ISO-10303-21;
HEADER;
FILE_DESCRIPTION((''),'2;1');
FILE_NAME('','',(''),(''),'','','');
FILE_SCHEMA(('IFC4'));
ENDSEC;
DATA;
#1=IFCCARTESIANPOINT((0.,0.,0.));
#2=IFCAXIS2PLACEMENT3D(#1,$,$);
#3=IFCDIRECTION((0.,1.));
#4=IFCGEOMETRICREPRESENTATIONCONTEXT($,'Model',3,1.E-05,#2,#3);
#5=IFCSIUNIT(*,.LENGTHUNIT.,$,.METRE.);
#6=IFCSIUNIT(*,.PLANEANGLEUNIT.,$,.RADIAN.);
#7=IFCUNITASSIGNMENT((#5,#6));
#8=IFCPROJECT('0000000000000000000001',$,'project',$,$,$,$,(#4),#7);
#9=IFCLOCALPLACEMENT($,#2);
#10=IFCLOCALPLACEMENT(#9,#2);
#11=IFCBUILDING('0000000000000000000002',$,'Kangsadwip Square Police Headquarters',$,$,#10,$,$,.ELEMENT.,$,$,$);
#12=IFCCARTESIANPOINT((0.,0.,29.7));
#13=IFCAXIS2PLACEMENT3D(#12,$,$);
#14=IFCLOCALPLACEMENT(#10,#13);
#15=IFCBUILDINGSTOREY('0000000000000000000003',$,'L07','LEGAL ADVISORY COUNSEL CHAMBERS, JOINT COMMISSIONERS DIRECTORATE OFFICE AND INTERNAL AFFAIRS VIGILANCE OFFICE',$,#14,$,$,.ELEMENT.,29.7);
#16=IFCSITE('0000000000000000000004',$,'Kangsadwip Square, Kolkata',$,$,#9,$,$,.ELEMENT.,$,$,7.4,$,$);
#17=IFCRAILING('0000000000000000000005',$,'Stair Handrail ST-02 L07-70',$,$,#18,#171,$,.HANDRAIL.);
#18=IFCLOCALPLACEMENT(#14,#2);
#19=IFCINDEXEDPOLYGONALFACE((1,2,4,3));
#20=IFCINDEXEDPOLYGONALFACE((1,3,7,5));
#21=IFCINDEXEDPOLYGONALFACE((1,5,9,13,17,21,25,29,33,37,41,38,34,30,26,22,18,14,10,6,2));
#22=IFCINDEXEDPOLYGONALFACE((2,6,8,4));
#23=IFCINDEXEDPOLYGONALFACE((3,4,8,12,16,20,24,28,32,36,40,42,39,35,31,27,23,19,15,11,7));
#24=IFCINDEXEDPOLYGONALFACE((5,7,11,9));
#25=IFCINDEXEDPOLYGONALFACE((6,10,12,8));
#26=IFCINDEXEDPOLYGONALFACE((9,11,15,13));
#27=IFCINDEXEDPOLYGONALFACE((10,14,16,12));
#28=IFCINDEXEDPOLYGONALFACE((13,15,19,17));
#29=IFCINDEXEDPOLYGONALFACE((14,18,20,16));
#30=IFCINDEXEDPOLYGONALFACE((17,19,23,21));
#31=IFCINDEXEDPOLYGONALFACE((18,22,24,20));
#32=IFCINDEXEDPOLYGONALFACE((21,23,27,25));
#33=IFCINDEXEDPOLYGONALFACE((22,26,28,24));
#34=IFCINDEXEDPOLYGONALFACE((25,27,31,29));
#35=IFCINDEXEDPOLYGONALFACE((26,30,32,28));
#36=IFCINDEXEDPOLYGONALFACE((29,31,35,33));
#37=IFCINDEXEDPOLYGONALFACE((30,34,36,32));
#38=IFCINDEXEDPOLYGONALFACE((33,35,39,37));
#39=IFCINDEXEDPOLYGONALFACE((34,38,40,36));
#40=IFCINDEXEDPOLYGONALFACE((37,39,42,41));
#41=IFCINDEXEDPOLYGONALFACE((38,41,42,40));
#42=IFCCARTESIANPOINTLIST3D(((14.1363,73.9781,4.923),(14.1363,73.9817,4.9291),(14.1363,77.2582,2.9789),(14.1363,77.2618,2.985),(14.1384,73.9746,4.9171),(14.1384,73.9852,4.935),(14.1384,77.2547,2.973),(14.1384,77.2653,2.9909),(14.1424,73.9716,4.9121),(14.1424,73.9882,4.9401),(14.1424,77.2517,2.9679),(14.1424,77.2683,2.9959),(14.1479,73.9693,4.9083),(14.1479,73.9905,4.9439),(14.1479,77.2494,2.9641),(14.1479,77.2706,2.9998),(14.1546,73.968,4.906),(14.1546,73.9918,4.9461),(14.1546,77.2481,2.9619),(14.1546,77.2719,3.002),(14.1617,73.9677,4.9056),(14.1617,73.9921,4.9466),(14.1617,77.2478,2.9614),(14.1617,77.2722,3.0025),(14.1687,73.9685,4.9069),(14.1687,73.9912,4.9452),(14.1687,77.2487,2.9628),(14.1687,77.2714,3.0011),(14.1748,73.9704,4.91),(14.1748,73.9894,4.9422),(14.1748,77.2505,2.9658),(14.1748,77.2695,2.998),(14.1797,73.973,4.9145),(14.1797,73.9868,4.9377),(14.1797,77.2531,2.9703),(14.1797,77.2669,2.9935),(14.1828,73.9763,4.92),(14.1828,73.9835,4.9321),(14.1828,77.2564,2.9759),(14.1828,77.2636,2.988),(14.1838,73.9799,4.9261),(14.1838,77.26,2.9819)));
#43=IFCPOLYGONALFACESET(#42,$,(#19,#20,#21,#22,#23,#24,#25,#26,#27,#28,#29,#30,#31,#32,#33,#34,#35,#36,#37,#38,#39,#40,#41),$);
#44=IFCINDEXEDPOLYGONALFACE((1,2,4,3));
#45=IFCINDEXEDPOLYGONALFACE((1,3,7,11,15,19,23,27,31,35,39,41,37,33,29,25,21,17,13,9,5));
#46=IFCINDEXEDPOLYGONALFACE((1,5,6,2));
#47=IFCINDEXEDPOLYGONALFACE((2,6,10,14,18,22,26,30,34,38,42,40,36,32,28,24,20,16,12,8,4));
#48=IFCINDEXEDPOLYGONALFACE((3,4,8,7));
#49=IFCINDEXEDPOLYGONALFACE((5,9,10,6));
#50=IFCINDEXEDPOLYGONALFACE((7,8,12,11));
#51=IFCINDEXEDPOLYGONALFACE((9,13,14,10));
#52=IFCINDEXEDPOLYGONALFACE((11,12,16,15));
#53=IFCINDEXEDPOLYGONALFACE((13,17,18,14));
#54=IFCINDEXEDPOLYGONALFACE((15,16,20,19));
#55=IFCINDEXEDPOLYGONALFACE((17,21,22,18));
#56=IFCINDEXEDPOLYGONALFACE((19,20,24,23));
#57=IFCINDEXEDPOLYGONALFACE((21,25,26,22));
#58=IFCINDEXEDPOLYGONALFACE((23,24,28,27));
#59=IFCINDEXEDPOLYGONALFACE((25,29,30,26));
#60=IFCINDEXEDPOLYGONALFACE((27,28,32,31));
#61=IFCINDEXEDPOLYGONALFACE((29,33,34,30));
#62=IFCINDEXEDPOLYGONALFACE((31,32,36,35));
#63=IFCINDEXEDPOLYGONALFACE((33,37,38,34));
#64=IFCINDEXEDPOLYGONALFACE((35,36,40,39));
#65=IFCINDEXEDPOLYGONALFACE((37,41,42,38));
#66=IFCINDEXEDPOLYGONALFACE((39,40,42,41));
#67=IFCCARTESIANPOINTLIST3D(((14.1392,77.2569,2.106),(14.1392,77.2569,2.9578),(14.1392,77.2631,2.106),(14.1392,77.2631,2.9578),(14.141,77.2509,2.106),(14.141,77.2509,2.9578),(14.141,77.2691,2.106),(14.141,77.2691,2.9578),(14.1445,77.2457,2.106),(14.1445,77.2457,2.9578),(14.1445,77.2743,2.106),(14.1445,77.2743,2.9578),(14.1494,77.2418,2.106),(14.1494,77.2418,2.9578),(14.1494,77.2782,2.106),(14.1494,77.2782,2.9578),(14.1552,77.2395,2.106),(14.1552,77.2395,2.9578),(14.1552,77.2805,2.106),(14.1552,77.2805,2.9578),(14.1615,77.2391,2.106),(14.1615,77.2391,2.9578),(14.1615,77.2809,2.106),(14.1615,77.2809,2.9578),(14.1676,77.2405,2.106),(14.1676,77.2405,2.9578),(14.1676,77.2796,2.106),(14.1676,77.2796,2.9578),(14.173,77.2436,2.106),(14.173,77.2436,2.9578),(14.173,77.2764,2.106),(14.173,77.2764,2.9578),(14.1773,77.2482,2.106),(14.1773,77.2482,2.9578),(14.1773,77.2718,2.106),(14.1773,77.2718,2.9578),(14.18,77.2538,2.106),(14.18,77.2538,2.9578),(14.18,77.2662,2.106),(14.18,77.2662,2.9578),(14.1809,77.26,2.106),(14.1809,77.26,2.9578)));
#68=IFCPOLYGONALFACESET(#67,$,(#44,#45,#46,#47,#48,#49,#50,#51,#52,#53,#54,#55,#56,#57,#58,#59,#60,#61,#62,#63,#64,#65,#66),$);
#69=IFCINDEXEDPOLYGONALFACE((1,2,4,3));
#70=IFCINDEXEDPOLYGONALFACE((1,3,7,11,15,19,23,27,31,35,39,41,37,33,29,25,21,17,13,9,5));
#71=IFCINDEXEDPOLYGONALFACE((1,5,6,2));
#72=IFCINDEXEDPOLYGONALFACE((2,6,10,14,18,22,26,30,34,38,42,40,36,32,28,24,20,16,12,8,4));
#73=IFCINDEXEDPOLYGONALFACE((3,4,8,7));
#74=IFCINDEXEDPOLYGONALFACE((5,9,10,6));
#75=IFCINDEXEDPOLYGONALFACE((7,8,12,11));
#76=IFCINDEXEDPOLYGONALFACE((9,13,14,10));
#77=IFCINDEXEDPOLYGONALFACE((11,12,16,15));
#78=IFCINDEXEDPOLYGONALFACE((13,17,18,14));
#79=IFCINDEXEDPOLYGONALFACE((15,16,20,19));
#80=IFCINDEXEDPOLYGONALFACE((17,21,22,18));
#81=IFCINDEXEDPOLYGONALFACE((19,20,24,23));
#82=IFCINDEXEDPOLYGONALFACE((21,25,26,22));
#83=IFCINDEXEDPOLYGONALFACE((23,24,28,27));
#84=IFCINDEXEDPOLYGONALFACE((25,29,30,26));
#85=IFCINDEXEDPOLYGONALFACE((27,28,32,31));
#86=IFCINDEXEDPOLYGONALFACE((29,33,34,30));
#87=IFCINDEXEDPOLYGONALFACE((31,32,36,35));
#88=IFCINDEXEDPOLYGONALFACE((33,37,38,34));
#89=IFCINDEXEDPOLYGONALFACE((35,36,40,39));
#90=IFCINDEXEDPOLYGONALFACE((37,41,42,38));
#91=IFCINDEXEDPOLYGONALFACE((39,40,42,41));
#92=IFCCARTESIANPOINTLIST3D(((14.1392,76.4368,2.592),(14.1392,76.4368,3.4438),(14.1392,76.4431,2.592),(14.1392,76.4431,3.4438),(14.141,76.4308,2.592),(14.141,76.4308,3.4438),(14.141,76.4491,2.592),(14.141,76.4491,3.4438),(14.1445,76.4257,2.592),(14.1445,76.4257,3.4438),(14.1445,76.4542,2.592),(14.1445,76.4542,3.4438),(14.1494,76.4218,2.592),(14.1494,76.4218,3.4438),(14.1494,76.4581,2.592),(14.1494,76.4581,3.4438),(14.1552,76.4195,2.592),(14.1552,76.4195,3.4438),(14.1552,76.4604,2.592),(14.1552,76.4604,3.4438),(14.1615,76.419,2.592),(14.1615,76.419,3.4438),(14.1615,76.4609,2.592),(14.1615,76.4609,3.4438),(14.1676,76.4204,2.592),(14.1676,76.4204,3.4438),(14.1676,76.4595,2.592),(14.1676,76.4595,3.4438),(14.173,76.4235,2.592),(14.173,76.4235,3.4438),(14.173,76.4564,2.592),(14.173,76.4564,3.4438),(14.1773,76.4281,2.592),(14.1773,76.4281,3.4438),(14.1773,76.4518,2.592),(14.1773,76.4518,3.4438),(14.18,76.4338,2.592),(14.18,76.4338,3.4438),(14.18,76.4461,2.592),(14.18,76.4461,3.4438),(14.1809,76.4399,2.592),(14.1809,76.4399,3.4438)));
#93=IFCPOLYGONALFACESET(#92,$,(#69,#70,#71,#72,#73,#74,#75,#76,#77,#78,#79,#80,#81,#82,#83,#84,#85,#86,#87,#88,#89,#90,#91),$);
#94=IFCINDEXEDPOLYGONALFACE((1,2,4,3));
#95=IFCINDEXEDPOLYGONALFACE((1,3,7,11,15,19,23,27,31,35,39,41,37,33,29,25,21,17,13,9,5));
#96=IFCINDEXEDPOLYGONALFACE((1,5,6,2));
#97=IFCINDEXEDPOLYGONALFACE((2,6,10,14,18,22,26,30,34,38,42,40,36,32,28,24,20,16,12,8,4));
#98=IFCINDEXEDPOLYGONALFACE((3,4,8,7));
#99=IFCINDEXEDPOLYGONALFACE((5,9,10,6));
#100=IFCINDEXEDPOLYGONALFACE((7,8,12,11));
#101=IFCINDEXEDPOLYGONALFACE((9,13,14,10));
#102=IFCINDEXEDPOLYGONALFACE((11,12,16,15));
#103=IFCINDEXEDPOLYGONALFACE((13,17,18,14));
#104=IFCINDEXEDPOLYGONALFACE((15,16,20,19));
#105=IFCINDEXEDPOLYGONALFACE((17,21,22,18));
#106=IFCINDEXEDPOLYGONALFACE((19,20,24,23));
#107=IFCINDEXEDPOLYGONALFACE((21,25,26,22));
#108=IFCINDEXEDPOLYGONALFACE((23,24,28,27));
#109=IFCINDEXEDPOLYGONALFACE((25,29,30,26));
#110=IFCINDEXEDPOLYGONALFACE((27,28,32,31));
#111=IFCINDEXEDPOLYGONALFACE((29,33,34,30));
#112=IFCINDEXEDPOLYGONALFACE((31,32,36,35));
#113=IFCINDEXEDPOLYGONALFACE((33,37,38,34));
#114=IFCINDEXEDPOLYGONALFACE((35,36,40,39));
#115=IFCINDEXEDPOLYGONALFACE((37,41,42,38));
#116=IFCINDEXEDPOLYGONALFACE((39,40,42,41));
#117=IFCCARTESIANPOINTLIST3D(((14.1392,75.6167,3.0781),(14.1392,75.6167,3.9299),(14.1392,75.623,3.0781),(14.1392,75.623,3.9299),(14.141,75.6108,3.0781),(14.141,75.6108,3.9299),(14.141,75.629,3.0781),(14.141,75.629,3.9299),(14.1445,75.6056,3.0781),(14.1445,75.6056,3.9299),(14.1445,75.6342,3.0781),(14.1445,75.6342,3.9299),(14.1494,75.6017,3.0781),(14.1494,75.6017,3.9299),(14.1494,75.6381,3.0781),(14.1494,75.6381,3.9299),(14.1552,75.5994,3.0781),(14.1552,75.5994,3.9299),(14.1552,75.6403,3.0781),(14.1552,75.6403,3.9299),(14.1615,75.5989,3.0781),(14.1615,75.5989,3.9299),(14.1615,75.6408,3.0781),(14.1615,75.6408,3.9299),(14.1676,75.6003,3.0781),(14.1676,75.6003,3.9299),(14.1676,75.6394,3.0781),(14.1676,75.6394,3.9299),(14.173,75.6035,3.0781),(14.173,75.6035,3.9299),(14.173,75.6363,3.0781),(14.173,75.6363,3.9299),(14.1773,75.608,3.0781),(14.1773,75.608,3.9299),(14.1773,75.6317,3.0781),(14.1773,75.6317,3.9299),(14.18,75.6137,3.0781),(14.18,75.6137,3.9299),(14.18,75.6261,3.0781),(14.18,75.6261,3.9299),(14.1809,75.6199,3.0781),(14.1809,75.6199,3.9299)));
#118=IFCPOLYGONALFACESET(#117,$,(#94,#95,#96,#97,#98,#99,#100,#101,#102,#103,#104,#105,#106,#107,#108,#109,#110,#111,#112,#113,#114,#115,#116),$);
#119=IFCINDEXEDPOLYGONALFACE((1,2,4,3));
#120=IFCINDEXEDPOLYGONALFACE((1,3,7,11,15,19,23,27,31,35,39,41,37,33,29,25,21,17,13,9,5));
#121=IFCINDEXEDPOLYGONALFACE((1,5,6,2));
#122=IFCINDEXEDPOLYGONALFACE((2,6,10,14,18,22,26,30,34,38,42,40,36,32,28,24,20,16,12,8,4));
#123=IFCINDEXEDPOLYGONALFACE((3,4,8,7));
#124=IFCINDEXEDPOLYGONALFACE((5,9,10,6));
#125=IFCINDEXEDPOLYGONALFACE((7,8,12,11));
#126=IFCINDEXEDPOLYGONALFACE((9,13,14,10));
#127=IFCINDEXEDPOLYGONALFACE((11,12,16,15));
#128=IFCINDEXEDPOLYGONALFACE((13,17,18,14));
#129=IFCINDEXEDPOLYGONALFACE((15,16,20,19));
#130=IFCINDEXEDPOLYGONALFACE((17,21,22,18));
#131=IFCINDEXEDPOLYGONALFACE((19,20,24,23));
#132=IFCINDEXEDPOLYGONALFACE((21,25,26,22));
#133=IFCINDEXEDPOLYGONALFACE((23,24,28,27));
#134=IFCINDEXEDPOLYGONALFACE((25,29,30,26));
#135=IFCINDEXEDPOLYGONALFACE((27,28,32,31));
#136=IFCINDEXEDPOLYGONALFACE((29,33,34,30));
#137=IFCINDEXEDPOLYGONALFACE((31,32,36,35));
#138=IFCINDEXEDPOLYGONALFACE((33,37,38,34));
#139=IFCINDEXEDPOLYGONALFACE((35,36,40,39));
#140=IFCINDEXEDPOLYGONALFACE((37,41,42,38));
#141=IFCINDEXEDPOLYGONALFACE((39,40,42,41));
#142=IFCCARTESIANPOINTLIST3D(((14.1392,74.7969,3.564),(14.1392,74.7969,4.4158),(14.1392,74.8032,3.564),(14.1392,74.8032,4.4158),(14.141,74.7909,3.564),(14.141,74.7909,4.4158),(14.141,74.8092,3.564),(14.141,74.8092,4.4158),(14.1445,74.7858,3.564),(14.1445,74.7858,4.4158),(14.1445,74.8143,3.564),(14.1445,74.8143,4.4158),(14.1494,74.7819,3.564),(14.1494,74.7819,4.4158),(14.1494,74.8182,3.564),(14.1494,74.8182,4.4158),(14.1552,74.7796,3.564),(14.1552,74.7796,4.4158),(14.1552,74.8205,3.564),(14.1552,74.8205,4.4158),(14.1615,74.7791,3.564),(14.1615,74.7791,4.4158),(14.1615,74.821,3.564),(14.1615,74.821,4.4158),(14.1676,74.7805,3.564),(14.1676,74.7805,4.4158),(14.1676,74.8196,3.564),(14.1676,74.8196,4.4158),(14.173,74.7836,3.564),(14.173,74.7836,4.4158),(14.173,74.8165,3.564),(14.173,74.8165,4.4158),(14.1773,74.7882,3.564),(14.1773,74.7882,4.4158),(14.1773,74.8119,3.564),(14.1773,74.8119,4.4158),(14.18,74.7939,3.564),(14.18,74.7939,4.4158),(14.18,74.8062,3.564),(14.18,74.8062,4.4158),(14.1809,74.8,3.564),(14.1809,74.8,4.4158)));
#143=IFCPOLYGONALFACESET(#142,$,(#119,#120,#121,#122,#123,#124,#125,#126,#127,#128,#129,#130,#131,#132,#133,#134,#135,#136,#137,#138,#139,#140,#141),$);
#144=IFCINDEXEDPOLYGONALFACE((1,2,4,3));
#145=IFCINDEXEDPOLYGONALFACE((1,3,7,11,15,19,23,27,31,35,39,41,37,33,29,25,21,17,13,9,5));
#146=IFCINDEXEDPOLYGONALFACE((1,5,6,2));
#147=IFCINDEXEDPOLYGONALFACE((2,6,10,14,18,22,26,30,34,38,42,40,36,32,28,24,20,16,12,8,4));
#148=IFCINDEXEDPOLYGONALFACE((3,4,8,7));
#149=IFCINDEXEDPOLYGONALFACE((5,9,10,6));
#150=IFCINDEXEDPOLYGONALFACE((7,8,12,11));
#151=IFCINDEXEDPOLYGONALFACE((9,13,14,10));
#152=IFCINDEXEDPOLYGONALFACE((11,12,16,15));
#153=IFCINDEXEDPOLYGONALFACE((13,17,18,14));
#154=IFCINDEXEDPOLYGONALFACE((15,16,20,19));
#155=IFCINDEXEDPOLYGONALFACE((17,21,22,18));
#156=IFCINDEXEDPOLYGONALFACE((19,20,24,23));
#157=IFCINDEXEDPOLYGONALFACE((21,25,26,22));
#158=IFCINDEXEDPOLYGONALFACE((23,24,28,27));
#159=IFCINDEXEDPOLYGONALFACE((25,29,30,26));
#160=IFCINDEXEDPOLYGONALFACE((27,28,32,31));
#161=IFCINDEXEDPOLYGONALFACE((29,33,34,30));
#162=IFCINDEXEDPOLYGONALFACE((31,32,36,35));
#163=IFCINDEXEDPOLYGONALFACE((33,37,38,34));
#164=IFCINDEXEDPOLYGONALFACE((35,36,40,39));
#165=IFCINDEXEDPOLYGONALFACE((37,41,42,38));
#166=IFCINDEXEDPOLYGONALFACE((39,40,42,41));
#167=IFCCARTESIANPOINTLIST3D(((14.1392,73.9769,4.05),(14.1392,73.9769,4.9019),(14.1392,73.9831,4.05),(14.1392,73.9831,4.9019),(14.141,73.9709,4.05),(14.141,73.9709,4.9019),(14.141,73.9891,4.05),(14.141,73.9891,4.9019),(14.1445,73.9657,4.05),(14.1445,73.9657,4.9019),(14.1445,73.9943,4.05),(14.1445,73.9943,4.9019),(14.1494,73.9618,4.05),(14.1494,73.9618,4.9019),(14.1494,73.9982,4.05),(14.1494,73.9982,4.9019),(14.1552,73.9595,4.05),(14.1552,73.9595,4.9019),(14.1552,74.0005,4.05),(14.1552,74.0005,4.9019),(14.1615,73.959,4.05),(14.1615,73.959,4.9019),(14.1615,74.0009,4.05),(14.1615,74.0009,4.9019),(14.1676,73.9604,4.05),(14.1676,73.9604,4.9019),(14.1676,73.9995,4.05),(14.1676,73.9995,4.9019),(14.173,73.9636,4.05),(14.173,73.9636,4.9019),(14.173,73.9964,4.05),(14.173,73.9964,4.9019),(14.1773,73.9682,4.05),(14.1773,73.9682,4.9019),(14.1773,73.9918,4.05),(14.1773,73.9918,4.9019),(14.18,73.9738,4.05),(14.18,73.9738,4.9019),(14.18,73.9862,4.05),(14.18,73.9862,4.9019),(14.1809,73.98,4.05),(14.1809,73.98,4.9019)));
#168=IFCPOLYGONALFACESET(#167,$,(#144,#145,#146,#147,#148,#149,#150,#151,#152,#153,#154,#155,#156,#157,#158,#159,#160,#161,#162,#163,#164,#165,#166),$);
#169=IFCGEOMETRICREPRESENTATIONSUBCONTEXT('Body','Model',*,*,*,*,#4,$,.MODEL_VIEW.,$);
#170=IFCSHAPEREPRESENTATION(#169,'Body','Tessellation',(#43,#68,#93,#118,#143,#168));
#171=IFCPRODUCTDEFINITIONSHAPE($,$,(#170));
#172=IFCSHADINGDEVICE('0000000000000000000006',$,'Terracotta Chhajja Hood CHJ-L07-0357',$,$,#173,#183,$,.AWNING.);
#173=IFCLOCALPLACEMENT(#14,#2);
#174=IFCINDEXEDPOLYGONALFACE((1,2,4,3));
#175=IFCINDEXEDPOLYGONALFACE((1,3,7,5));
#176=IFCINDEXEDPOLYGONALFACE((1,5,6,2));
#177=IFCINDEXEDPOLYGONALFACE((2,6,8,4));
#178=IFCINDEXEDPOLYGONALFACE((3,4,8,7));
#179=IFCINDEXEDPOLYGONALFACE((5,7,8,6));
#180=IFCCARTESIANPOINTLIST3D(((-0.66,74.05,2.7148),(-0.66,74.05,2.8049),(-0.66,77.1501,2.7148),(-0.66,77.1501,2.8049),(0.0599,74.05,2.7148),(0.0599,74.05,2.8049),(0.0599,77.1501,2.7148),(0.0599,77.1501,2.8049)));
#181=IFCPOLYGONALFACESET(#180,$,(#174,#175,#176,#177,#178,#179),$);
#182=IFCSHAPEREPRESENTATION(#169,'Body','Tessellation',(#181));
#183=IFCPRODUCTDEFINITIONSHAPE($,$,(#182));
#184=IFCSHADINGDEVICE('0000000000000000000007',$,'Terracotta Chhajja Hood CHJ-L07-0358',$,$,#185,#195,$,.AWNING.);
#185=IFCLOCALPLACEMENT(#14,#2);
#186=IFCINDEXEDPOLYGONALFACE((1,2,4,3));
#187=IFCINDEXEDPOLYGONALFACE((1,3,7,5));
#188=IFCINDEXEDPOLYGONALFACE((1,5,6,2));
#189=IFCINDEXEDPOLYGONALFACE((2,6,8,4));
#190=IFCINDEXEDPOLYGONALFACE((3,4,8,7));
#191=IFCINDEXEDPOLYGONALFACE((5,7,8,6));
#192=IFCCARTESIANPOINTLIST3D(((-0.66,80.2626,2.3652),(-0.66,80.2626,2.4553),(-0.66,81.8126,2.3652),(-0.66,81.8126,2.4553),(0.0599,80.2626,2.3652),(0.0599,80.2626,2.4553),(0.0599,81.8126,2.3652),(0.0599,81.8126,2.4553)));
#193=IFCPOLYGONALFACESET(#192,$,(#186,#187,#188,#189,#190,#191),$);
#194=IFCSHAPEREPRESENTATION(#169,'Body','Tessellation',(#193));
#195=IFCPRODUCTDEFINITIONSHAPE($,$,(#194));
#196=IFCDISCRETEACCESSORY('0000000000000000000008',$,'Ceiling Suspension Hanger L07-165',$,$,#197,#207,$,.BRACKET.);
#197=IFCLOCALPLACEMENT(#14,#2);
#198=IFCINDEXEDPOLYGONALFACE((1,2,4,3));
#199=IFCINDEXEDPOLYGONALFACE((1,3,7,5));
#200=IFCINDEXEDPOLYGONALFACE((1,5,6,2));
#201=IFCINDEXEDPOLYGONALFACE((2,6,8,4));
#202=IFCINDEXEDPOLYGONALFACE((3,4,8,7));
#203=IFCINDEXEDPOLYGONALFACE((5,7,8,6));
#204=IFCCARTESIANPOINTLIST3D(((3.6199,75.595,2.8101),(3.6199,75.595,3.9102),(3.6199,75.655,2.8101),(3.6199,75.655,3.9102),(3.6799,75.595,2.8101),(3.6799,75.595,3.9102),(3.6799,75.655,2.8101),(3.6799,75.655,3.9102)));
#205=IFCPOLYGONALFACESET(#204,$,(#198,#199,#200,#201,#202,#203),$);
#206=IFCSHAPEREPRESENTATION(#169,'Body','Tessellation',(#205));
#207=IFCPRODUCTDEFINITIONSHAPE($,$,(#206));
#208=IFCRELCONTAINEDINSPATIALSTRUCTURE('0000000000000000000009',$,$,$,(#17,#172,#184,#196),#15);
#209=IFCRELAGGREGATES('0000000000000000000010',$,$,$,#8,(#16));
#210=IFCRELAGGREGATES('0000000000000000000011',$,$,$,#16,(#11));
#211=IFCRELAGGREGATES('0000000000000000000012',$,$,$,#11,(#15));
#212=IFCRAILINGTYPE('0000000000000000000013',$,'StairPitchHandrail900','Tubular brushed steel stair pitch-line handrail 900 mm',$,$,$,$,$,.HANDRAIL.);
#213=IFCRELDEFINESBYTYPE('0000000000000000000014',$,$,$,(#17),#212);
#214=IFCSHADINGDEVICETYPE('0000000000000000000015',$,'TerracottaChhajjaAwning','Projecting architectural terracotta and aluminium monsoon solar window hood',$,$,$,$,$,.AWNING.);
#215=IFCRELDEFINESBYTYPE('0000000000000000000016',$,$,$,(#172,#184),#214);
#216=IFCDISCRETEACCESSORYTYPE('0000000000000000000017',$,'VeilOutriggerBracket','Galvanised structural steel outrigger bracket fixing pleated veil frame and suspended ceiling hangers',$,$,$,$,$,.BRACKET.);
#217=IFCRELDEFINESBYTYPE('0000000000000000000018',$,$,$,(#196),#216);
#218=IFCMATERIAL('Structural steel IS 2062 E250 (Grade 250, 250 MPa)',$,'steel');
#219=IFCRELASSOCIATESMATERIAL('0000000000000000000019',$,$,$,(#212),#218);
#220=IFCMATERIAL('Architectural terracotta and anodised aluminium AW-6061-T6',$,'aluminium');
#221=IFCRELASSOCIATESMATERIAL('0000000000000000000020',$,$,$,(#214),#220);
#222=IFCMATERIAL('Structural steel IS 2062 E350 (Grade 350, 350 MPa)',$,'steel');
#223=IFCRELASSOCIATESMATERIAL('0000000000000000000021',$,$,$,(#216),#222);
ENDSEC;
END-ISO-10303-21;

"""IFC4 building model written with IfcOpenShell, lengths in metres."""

from ifc_helpers import new_model, si_unit, direction, frame, origin, origin_2d, place, context, subcontext, project, spatial, rectangle, circle, extrude, material, type_object, element, save


model = new_model("IFC4")

# Units and contexts
model_context = context("Model", 3, precision=1e-05, world=origin(), true_north=direction((0.0, 1.0)))
body_context = subcontext(model_context, "Body", "Model", "MODEL_VIEW")
ifc_project = project(units=[si_unit("LENGTHUNIT", "METRE"), si_unit("PLANEANGLEUNIT", "RADIAN")], contexts=[model_context])

# Site, building, storey
site_placement = place(None, origin())
site = spatial("IfcSite", under=ifc_project, at=site_placement, Name="Kangsadwip Square, Kolkata", CompositionType="ELEMENT", RefElevation=7.4)
building_placement = place(site_placement, origin())
building = spatial("IfcBuilding", under=site, at=building_placement, Name="Kangsadwip Square Police Headquarters", CompositionType="ELEMENT")
storey_placement = place(building_placement, frame((0.0, 0.0, 29.7)))
storey = spatial("IfcBuildingStorey", under=building, at=storey_placement, Name="L07", Description="LEGAL ADVISORY COUNSEL CHAMBERS, JOINT COMMISSIONERS DIRECTORATE OFFICE AND INTERNAL AFFAIRS VIGILANCE OFFICE", CompositionType="ELEMENT", Elevation=29.7)

# Railing
ifc_material_1 = material(Name="Structural steel IS 2062 E250 (Grade 250, 250 MPa)", Category="steel")
railing_type_1 = type_object("IfcRailingType", Name="StairPitchHandrail900", Description="Tubular brushed steel stair pitch-line handrail 900 mm", PredefinedType="HANDRAIL", material=ifc_material_1)
railing_1_placement = place(storey_placement, frame((14.1599, 77.26, 2.106)))
element("IfcRailing", 1, at=railing_1_placement, inside=storey, type_object=railing_type_1, Name="Stair Handrail ST-02 L07-70", PredefinedType="HANDRAIL", context=body_context, shape_type="SweptSolid", body=[
    extrude(circle(Radius=0.0239, at=origin_2d()), frame((0.0, 0.0, 0.876), z_axis=(0.0, -0.860249, 0.509874), x_axis=(1.0, 0.0, 0.0)), (0.0, 0.0, 1.0), 3.813),
    extrude(circle(Radius=0.021, at=origin_2d()), origin(), (0.0, 0.0, 1.0), 0.8518),
    extrude(circle(Radius=0.021, at=origin_2d()), frame((0.0, -0.8201, 0.4861)), (0.0, 0.0, 1.0), 0.8518),
    extrude(circle(Radius=0.021, at=origin_2d()), frame((0.0, -1.6401, 0.9722)), (0.0, 0.0, 1.0), 0.8518),
    extrude(circle(Radius=0.021, at=origin_2d()), frame((0.0, -2.46, 1.458)), (0.0, 0.0, 1.0), 0.8518),
    extrude(circle(Radius=0.021, at=origin_2d()), frame((0.0, -3.28, 1.9441)), (0.0, 0.0, 1.0), 0.8518),
])

# Shading devices
ifc_material_2 = material(Name="Architectural terracotta and anodised aluminium AW-6061-T6", Category="aluminium")
shading_device_type = type_object("IfcShadingDeviceType", Name="TerracottaChhajjaAwning", Description="Projecting architectural terracotta and aluminium monsoon solar window hood", PredefinedType="AWNING", material=ifc_material_2)
shading_device_1_placement = place(storey_placement, frame((-0.3, 75.6001, 2.7148), z_axis=(0.0, 0.0, 1.0), x_axis=(0.0, 1.0, 0.0)))
element("IfcShadingDevice", 2, at=shading_device_1_placement, inside=storey, type_object=shading_device_type, Name="Terracotta Chhajja Hood CHJ-L07-0357", PredefinedType="AWNING", context=body_context, shape_type="SweptSolid", body=[
    extrude(rectangle(XDim=3.1001, YDim=0.72, at=origin_2d()), origin(), (0.0, 0.0, 1.0), 0.0901),
])
shading_device_2_placement = place(storey_placement, frame((-0.3, 81.0376, 2.3652), z_axis=(0.0, 0.0, 1.0), x_axis=(0.0, 1.0, 0.0)))
element("IfcShadingDevice", 3, at=shading_device_2_placement, inside=storey, type_object=shading_device_type, Name="Terracotta Chhajja Hood CHJ-L07-0358", PredefinedType="AWNING", context=body_context, shape_type="SweptSolid", body=[
    extrude(rectangle(XDim=1.55, YDim=0.72, at=origin_2d()), origin(), (0.0, 0.0, 1.0), 0.0901),
])

# Discrete accessory
ifc_material_3 = material(Name="Structural steel IS 2062 E350 (Grade 350, 350 MPa)", Category="steel")
discrete_accessory_type = type_object("IfcDiscreteAccessoryType", Name="VeilOutriggerBracket", Description="Galvanised structural steel outrigger bracket fixing pleated veil frame and suspended ceiling hangers", PredefinedType="BRACKET", material=ifc_material_3)
discrete_accessory_placement = place(storey_placement, frame((3.6499, 75.625, 2.8101), z_axis=(0.0, 0.0, 1.0), x_axis=(1.0, 0.0, 0.0)))
element("IfcDiscreteAccessory", 4, at=discrete_accessory_placement, inside=storey, type_object=discrete_accessory_type, Name="Ceiling Suspension Hanger L07-165", PredefinedType="BRACKET", context=body_context, shape_type="SweptSolid", body=[
    extrude(rectangle(XDim=0.0601, YDim=0.0601, at=origin_2d()), origin(), (0.0, 0.0, 1.0), 1.1001),
])

save(model, "model.ifc")
